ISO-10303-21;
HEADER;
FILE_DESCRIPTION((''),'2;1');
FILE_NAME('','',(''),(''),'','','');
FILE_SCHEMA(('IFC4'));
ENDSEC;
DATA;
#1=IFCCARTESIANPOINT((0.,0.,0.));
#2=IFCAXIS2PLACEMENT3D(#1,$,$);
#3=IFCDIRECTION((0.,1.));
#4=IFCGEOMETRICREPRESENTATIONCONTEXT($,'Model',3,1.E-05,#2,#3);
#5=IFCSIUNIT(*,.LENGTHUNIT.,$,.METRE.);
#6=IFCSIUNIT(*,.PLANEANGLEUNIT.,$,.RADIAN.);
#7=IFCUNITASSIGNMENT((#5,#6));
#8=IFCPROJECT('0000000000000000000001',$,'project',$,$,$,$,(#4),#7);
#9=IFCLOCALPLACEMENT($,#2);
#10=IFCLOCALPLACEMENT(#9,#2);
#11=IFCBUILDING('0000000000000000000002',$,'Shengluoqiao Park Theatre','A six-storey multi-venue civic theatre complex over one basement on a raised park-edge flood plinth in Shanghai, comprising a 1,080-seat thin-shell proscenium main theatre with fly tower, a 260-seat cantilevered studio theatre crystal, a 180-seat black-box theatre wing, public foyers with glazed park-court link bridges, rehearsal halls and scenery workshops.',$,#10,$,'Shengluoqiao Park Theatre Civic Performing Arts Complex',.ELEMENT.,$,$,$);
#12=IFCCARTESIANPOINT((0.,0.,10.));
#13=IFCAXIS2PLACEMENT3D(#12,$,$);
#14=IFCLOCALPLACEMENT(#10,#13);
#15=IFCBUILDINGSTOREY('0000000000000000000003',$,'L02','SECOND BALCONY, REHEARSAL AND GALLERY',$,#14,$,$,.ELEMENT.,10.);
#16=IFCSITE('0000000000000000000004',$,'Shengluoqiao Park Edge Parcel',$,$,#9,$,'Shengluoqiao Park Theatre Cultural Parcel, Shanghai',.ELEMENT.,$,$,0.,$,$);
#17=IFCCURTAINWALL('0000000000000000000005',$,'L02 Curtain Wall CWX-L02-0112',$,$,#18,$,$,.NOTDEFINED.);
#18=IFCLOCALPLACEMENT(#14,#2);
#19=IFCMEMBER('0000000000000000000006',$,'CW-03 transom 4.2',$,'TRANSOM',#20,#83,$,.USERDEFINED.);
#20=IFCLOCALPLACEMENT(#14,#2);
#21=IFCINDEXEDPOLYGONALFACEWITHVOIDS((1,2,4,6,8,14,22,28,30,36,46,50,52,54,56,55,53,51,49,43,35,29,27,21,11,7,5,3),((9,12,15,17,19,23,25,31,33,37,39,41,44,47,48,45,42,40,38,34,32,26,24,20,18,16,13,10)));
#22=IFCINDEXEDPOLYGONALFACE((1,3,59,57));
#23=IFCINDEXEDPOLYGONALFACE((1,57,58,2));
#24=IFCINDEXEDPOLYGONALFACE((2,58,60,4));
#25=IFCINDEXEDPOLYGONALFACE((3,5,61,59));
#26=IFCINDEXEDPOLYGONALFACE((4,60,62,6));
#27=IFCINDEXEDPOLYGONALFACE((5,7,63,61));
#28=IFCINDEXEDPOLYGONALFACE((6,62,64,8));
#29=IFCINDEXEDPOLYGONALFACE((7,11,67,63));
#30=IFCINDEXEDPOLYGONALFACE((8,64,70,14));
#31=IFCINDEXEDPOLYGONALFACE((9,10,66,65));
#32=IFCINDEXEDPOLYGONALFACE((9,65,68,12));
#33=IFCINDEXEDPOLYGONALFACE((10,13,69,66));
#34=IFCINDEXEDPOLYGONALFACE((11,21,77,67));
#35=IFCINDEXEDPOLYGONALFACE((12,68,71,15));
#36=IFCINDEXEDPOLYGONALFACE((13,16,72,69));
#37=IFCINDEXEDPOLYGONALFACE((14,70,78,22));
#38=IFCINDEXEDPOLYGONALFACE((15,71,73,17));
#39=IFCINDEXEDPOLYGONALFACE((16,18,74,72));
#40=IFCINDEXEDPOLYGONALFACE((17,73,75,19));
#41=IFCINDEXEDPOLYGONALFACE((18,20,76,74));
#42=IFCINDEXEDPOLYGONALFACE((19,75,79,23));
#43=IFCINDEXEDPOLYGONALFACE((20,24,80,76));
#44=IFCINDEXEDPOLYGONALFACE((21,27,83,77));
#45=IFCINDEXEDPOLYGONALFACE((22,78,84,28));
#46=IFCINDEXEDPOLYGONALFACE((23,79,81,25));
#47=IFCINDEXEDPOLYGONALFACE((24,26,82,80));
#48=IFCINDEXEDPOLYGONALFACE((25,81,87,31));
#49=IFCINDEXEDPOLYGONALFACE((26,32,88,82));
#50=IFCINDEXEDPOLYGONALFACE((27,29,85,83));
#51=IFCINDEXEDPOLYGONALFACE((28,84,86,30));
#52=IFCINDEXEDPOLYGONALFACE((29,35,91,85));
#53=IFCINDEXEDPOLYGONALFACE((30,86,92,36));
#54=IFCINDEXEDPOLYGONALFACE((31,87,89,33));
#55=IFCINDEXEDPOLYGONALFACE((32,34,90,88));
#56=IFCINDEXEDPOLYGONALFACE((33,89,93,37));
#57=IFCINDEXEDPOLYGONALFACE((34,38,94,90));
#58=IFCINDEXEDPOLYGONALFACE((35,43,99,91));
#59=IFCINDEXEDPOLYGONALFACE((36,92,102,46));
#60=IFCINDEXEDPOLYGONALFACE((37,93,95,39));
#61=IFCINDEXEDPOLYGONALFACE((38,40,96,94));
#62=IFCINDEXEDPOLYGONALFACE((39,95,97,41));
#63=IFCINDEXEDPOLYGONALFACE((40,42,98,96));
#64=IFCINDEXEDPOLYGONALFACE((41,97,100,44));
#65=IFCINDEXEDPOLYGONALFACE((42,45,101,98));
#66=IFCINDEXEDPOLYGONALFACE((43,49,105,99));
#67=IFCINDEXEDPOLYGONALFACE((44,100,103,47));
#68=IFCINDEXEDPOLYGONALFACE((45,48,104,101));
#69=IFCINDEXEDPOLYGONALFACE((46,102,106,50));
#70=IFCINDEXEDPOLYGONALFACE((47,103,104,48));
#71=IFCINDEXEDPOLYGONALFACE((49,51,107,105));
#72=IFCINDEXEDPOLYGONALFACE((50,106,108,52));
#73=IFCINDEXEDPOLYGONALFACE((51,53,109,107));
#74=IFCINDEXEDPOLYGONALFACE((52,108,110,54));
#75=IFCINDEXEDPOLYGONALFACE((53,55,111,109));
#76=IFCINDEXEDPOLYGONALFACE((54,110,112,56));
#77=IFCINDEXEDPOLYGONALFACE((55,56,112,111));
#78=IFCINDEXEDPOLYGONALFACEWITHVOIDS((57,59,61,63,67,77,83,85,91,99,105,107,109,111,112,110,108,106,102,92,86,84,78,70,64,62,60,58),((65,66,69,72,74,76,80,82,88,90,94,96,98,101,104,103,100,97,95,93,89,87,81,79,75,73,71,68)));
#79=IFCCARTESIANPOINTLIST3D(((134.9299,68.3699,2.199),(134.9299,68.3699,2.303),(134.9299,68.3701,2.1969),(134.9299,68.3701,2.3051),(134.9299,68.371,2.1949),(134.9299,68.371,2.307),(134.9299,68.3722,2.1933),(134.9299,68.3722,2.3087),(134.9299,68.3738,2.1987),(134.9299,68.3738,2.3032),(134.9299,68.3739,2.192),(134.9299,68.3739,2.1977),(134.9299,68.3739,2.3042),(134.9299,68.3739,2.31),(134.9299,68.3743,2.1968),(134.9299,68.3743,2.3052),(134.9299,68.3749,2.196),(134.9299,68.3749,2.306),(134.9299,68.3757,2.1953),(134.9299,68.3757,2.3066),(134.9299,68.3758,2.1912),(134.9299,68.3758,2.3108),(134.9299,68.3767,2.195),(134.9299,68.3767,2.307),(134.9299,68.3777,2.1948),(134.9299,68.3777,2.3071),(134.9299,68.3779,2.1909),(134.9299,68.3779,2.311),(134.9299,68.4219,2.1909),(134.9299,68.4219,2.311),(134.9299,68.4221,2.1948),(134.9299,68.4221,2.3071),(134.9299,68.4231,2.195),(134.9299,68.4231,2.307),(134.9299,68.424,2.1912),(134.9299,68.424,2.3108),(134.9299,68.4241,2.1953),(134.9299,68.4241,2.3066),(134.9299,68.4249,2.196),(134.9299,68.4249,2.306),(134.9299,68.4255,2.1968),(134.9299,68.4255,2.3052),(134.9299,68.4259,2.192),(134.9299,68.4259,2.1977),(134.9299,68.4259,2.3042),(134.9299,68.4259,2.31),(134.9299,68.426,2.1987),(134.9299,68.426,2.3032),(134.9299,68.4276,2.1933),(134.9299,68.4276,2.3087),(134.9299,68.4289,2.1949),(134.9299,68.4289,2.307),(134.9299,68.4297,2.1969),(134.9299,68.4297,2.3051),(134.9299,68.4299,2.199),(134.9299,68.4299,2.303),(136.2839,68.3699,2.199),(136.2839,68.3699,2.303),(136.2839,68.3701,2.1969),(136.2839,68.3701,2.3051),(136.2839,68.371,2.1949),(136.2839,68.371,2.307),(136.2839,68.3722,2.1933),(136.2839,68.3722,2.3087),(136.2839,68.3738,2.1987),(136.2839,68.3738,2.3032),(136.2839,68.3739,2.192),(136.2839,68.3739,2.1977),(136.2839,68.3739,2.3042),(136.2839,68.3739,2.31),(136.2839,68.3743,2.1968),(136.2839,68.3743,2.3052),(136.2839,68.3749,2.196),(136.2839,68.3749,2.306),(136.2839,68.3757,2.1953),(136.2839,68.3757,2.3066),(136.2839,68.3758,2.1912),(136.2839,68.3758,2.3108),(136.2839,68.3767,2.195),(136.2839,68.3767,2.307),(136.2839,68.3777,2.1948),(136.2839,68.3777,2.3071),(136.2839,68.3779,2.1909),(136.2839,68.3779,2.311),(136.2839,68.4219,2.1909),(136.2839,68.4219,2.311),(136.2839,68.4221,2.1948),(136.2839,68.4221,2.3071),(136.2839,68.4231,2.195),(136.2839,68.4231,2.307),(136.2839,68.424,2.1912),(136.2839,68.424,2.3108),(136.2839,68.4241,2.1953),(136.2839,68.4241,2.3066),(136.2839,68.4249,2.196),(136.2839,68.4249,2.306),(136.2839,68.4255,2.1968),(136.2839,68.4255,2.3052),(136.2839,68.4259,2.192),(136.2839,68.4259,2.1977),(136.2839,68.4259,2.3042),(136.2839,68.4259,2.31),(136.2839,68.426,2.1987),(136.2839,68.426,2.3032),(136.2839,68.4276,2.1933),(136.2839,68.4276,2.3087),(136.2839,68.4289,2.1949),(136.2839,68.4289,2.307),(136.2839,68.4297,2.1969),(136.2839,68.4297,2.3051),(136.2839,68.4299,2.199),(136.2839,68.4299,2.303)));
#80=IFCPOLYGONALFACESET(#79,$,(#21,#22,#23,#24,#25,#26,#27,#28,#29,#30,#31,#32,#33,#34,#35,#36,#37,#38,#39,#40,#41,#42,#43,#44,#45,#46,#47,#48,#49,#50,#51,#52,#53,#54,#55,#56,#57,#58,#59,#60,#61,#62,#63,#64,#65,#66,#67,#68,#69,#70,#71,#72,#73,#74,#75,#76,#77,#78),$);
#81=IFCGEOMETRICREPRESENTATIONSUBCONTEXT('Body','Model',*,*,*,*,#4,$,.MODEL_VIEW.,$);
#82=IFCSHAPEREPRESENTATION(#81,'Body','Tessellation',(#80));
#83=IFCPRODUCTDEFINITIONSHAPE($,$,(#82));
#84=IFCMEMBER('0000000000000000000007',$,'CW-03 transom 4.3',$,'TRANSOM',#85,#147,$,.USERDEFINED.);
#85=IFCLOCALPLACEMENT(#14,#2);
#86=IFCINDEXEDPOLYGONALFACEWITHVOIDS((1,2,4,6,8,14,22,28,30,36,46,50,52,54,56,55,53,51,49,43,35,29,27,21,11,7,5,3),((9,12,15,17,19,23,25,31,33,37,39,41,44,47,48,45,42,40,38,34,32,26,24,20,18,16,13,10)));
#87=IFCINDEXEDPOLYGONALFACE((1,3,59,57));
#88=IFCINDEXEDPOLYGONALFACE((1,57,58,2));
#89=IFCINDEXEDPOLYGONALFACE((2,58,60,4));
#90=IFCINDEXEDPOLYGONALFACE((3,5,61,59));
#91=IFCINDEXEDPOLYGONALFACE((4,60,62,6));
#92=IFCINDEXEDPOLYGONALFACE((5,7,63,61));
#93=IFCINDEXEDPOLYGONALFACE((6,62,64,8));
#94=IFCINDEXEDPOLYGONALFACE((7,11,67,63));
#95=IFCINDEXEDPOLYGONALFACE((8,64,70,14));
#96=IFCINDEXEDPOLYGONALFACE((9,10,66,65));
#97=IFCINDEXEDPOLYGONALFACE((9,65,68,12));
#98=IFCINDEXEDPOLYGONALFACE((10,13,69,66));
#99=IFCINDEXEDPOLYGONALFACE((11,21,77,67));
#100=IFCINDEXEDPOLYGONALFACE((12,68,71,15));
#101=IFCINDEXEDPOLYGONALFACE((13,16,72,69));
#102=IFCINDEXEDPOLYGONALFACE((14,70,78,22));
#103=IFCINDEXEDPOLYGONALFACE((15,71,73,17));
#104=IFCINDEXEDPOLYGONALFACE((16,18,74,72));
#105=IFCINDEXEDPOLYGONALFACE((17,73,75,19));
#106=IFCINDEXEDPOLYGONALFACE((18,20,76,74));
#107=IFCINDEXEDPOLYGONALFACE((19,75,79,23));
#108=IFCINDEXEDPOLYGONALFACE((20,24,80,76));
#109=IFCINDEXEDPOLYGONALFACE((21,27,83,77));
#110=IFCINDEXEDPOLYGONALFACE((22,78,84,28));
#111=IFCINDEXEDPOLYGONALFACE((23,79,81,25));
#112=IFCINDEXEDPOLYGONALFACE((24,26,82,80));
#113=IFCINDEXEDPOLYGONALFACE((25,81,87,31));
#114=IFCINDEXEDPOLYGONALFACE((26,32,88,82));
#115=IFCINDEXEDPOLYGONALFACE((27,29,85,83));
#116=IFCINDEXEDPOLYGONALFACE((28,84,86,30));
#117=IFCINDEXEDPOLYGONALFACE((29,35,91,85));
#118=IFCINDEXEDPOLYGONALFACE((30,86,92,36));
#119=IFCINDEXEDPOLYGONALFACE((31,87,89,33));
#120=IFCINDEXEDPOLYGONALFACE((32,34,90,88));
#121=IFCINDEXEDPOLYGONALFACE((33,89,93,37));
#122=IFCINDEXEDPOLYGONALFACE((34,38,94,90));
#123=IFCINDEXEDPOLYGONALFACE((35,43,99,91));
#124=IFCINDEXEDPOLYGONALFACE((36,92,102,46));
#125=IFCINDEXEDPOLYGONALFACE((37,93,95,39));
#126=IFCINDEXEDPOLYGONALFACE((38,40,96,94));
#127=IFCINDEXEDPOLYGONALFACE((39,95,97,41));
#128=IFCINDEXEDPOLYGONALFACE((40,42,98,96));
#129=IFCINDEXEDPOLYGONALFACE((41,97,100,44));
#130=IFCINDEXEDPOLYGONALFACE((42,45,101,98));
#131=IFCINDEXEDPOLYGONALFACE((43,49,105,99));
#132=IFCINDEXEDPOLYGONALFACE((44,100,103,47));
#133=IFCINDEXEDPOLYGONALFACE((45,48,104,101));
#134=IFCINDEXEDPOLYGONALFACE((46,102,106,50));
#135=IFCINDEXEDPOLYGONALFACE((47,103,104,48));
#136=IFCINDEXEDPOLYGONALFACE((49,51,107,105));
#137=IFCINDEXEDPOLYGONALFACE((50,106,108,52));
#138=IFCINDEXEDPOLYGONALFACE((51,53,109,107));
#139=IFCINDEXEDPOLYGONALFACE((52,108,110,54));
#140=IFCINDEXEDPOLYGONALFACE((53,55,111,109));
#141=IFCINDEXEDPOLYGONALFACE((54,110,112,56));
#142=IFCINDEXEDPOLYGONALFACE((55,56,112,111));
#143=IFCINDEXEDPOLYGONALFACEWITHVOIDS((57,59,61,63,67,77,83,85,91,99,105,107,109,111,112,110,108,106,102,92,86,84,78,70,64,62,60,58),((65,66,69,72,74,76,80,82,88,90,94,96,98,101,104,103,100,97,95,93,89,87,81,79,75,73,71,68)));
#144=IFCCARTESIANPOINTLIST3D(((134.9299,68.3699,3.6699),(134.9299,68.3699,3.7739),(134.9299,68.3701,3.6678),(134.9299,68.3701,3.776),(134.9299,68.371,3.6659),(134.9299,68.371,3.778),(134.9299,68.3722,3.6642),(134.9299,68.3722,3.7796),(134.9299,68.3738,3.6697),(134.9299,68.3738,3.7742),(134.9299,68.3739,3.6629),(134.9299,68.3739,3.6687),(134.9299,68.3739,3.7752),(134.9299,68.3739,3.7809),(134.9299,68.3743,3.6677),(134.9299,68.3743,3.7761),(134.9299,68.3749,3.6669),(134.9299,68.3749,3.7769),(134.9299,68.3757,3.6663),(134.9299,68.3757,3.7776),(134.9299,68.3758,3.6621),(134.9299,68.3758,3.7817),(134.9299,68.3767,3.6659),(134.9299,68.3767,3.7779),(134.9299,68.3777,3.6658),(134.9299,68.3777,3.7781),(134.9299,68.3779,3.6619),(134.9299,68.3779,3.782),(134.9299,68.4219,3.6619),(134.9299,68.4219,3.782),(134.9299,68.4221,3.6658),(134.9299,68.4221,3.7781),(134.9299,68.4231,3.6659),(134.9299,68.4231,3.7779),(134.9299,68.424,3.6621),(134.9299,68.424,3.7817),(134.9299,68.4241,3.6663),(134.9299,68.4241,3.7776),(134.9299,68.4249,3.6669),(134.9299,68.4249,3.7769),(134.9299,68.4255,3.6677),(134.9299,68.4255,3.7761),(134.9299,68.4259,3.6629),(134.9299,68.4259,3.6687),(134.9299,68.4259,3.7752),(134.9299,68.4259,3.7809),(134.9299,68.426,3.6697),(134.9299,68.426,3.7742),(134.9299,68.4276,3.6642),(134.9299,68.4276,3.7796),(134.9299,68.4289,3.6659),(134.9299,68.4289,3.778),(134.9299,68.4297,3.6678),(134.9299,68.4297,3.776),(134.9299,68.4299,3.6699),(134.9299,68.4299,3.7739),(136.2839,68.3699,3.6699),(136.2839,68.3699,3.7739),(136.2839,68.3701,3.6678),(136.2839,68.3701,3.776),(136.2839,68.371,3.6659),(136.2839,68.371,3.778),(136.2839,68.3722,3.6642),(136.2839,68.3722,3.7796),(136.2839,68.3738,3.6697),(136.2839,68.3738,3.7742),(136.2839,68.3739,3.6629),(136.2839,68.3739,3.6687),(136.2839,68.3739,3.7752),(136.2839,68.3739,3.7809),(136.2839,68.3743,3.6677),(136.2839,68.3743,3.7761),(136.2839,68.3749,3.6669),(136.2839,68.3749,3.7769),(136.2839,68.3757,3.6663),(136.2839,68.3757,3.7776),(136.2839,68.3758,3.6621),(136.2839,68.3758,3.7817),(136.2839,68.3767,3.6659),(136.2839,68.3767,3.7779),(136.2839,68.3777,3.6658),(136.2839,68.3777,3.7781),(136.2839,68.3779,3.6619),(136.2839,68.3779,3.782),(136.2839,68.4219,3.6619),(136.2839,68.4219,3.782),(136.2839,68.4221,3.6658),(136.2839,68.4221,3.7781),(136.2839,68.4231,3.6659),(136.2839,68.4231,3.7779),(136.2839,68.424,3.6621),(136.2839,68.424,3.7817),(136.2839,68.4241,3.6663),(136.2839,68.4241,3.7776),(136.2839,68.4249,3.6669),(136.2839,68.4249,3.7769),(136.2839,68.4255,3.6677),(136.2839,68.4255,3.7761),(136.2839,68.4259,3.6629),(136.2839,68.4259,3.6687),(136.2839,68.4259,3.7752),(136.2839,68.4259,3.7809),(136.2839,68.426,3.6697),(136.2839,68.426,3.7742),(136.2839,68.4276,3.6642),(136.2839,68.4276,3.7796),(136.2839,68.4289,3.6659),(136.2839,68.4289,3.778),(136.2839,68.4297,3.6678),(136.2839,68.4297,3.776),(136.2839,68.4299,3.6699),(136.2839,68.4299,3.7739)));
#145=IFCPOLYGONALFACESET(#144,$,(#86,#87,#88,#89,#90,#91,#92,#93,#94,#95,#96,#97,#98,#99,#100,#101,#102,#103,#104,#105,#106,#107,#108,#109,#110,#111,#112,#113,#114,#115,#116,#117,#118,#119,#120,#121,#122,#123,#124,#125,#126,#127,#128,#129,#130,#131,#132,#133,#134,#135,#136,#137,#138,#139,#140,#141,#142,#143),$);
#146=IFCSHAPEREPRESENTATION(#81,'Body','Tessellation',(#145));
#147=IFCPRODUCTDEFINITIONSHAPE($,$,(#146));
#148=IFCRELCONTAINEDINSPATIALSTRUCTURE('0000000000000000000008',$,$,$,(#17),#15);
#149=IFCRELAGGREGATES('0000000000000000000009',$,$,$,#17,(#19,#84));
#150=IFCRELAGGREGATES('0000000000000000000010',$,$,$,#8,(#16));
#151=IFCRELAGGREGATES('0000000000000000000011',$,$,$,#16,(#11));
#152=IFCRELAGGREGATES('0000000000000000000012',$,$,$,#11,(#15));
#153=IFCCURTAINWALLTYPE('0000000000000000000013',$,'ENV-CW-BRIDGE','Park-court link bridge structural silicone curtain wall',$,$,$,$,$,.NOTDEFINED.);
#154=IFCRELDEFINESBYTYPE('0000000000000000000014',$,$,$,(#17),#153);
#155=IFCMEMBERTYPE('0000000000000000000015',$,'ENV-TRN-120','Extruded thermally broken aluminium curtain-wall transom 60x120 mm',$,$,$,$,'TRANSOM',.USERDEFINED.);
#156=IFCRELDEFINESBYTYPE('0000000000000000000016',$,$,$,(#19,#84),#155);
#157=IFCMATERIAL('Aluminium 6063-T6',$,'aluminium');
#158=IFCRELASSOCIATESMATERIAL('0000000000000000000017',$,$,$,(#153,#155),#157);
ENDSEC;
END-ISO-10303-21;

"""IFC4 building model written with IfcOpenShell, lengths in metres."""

from ifc_helpers import new_model, si_unit, direction, frame, origin, origin_2d, place, context, subcontext, project, spatial, hollow_rectangle, extrude, material, material_profile, profile_set, type_object, element, aggregate, save


model = new_model("IFC4")

# Units and contexts
model_context = context("Model", 3, precision=1e-05, world=origin(), true_north=direction((0.0, 1.0)))
body_context = subcontext(model_context, "Body", "Model", "MODEL_VIEW")
ifc_project = project(units=[si_unit("LENGTHUNIT", "METRE"), si_unit("PLANEANGLEUNIT", "RADIAN")], contexts=[model_context])

# Site, building, storey
site_placement = place(None, origin())
site = spatial("IfcSite", under=ifc_project, at=site_placement, Name="Shengluoqiao Park Edge Parcel", LongName="Shengluoqiao Park Theatre Cultural Parcel, Shanghai", CompositionType="ELEMENT", RefElevation=0.0)
building_placement = place(site_placement, origin())
building = spatial("IfcBuilding", under=site, at=building_placement, Name="Shengluoqiao Park Theatre", Description="A six-storey multi-venue civic theatre complex over one basement on a raised park-edge flood plinth in Shanghai, comprising a 1,080-seat thin-shell proscenium main theatre with fly tower, a 260-seat cantilevered studio theatre crystal, a 180-seat black-box theatre wing, public foyers with glazed park-court link bridges, rehearsal halls and scenery workshops.", LongName="Shengluoqiao Park Theatre Civic Performing Arts Complex", CompositionType="ELEMENT")
storey_placement = place(building_placement, frame((0.0, 0.0, 10.0)))
storey = spatial("IfcBuildingStorey", under=building, at=storey_placement, Name="L02", Description="SECOND BALCONY, REHEARSAL AND GALLERY", CompositionType="ELEMENT", Elevation=10.0)

# Curtain wall, members
ifc_material_1 = material(Name="Aluminium 6063-T6", Category="aluminium")
curtain_wall_type = type_object("IfcCurtainWallType", Name="ENV-CW-BRIDGE", Description="Park-court link bridge structural silicone curtain wall", PredefinedType="NOTDEFINED", material=ifc_material_1)
curtain_wall_placement = place(storey_placement, origin())
curtain_wall = element("IfcCurtainWall", 1, at=curtain_wall_placement, inside=storey, type_object=curtain_wall_type, Name="L02 Curtain Wall CWX-L02-0112", PredefinedType="NOTDEFINED")
ifc_material_profile_1 = material_profile(ifc_material_1, hollow_rectangle(XDim=0.0601, YDim=0.1201, WallThickness=0.0039, InnerFilletRadius=0.0039, OuterFilletRadius=0.0081, at=origin_2d()), Name="ALU TRANSOM 120x60x4")
ifc_profile_set_1 = profile_set([ifc_material_profile_1], Name="Aluminium 6063-T6")
member_type_1 = type_object("IfcMemberType", Name="ENV-TRN-120", Description="Extruded thermally broken aluminium curtain-wall transom 60x120 mm", ElementType="TRANSOM", PredefinedType="USERDEFINED", material=ifc_profile_set_1)
member_1_placement = place(storey_placement, frame((134.9299, 68.3999, 2.251), z_axis=(1.0, 0.0, 0.0), x_axis=(0.0, 1.0, 0.0)))
member_1 = element("IfcMember", 2, at=member_1_placement, type_object=member_type_1, Name="CW-03 transom 4.2", ObjectType="TRANSOM", PredefinedType="USERDEFINED", context=body_context, shape_type="SweptSolid", body=[
    extrude(hollow_rectangle(XDim=0.0601, YDim=0.1201, WallThickness=0.0039, InnerFilletRadius=0.0039, OuterFilletRadius=0.0081, at=origin_2d()), origin(), (0.0, 0.0, 1.0), 1.354),
])
member_2_placement = place(storey_placement, frame((134.9299, 68.3999, 3.7219), z_axis=(1.0, 0.0, 0.0), x_axis=(0.0, 1.0, 0.0)))
member_2 = element("IfcMember", 3, at=member_2_placement, type_object=member_type_1, Name="CW-03 transom 4.3", ObjectType="TRANSOM", PredefinedType="USERDEFINED", context=body_context, shape_type="SweptSolid", body=[
    extrude(hollow_rectangle(XDim=0.0601, YDim=0.1201, WallThickness=0.0039, InnerFilletRadius=0.0039, OuterFilletRadius=0.0081, at=origin_2d()), origin(), (0.0, 0.0, 1.0), 1.354),
])

aggregate(curtain_wall, [member_1, member_2])

save(model, "model.ifc")
